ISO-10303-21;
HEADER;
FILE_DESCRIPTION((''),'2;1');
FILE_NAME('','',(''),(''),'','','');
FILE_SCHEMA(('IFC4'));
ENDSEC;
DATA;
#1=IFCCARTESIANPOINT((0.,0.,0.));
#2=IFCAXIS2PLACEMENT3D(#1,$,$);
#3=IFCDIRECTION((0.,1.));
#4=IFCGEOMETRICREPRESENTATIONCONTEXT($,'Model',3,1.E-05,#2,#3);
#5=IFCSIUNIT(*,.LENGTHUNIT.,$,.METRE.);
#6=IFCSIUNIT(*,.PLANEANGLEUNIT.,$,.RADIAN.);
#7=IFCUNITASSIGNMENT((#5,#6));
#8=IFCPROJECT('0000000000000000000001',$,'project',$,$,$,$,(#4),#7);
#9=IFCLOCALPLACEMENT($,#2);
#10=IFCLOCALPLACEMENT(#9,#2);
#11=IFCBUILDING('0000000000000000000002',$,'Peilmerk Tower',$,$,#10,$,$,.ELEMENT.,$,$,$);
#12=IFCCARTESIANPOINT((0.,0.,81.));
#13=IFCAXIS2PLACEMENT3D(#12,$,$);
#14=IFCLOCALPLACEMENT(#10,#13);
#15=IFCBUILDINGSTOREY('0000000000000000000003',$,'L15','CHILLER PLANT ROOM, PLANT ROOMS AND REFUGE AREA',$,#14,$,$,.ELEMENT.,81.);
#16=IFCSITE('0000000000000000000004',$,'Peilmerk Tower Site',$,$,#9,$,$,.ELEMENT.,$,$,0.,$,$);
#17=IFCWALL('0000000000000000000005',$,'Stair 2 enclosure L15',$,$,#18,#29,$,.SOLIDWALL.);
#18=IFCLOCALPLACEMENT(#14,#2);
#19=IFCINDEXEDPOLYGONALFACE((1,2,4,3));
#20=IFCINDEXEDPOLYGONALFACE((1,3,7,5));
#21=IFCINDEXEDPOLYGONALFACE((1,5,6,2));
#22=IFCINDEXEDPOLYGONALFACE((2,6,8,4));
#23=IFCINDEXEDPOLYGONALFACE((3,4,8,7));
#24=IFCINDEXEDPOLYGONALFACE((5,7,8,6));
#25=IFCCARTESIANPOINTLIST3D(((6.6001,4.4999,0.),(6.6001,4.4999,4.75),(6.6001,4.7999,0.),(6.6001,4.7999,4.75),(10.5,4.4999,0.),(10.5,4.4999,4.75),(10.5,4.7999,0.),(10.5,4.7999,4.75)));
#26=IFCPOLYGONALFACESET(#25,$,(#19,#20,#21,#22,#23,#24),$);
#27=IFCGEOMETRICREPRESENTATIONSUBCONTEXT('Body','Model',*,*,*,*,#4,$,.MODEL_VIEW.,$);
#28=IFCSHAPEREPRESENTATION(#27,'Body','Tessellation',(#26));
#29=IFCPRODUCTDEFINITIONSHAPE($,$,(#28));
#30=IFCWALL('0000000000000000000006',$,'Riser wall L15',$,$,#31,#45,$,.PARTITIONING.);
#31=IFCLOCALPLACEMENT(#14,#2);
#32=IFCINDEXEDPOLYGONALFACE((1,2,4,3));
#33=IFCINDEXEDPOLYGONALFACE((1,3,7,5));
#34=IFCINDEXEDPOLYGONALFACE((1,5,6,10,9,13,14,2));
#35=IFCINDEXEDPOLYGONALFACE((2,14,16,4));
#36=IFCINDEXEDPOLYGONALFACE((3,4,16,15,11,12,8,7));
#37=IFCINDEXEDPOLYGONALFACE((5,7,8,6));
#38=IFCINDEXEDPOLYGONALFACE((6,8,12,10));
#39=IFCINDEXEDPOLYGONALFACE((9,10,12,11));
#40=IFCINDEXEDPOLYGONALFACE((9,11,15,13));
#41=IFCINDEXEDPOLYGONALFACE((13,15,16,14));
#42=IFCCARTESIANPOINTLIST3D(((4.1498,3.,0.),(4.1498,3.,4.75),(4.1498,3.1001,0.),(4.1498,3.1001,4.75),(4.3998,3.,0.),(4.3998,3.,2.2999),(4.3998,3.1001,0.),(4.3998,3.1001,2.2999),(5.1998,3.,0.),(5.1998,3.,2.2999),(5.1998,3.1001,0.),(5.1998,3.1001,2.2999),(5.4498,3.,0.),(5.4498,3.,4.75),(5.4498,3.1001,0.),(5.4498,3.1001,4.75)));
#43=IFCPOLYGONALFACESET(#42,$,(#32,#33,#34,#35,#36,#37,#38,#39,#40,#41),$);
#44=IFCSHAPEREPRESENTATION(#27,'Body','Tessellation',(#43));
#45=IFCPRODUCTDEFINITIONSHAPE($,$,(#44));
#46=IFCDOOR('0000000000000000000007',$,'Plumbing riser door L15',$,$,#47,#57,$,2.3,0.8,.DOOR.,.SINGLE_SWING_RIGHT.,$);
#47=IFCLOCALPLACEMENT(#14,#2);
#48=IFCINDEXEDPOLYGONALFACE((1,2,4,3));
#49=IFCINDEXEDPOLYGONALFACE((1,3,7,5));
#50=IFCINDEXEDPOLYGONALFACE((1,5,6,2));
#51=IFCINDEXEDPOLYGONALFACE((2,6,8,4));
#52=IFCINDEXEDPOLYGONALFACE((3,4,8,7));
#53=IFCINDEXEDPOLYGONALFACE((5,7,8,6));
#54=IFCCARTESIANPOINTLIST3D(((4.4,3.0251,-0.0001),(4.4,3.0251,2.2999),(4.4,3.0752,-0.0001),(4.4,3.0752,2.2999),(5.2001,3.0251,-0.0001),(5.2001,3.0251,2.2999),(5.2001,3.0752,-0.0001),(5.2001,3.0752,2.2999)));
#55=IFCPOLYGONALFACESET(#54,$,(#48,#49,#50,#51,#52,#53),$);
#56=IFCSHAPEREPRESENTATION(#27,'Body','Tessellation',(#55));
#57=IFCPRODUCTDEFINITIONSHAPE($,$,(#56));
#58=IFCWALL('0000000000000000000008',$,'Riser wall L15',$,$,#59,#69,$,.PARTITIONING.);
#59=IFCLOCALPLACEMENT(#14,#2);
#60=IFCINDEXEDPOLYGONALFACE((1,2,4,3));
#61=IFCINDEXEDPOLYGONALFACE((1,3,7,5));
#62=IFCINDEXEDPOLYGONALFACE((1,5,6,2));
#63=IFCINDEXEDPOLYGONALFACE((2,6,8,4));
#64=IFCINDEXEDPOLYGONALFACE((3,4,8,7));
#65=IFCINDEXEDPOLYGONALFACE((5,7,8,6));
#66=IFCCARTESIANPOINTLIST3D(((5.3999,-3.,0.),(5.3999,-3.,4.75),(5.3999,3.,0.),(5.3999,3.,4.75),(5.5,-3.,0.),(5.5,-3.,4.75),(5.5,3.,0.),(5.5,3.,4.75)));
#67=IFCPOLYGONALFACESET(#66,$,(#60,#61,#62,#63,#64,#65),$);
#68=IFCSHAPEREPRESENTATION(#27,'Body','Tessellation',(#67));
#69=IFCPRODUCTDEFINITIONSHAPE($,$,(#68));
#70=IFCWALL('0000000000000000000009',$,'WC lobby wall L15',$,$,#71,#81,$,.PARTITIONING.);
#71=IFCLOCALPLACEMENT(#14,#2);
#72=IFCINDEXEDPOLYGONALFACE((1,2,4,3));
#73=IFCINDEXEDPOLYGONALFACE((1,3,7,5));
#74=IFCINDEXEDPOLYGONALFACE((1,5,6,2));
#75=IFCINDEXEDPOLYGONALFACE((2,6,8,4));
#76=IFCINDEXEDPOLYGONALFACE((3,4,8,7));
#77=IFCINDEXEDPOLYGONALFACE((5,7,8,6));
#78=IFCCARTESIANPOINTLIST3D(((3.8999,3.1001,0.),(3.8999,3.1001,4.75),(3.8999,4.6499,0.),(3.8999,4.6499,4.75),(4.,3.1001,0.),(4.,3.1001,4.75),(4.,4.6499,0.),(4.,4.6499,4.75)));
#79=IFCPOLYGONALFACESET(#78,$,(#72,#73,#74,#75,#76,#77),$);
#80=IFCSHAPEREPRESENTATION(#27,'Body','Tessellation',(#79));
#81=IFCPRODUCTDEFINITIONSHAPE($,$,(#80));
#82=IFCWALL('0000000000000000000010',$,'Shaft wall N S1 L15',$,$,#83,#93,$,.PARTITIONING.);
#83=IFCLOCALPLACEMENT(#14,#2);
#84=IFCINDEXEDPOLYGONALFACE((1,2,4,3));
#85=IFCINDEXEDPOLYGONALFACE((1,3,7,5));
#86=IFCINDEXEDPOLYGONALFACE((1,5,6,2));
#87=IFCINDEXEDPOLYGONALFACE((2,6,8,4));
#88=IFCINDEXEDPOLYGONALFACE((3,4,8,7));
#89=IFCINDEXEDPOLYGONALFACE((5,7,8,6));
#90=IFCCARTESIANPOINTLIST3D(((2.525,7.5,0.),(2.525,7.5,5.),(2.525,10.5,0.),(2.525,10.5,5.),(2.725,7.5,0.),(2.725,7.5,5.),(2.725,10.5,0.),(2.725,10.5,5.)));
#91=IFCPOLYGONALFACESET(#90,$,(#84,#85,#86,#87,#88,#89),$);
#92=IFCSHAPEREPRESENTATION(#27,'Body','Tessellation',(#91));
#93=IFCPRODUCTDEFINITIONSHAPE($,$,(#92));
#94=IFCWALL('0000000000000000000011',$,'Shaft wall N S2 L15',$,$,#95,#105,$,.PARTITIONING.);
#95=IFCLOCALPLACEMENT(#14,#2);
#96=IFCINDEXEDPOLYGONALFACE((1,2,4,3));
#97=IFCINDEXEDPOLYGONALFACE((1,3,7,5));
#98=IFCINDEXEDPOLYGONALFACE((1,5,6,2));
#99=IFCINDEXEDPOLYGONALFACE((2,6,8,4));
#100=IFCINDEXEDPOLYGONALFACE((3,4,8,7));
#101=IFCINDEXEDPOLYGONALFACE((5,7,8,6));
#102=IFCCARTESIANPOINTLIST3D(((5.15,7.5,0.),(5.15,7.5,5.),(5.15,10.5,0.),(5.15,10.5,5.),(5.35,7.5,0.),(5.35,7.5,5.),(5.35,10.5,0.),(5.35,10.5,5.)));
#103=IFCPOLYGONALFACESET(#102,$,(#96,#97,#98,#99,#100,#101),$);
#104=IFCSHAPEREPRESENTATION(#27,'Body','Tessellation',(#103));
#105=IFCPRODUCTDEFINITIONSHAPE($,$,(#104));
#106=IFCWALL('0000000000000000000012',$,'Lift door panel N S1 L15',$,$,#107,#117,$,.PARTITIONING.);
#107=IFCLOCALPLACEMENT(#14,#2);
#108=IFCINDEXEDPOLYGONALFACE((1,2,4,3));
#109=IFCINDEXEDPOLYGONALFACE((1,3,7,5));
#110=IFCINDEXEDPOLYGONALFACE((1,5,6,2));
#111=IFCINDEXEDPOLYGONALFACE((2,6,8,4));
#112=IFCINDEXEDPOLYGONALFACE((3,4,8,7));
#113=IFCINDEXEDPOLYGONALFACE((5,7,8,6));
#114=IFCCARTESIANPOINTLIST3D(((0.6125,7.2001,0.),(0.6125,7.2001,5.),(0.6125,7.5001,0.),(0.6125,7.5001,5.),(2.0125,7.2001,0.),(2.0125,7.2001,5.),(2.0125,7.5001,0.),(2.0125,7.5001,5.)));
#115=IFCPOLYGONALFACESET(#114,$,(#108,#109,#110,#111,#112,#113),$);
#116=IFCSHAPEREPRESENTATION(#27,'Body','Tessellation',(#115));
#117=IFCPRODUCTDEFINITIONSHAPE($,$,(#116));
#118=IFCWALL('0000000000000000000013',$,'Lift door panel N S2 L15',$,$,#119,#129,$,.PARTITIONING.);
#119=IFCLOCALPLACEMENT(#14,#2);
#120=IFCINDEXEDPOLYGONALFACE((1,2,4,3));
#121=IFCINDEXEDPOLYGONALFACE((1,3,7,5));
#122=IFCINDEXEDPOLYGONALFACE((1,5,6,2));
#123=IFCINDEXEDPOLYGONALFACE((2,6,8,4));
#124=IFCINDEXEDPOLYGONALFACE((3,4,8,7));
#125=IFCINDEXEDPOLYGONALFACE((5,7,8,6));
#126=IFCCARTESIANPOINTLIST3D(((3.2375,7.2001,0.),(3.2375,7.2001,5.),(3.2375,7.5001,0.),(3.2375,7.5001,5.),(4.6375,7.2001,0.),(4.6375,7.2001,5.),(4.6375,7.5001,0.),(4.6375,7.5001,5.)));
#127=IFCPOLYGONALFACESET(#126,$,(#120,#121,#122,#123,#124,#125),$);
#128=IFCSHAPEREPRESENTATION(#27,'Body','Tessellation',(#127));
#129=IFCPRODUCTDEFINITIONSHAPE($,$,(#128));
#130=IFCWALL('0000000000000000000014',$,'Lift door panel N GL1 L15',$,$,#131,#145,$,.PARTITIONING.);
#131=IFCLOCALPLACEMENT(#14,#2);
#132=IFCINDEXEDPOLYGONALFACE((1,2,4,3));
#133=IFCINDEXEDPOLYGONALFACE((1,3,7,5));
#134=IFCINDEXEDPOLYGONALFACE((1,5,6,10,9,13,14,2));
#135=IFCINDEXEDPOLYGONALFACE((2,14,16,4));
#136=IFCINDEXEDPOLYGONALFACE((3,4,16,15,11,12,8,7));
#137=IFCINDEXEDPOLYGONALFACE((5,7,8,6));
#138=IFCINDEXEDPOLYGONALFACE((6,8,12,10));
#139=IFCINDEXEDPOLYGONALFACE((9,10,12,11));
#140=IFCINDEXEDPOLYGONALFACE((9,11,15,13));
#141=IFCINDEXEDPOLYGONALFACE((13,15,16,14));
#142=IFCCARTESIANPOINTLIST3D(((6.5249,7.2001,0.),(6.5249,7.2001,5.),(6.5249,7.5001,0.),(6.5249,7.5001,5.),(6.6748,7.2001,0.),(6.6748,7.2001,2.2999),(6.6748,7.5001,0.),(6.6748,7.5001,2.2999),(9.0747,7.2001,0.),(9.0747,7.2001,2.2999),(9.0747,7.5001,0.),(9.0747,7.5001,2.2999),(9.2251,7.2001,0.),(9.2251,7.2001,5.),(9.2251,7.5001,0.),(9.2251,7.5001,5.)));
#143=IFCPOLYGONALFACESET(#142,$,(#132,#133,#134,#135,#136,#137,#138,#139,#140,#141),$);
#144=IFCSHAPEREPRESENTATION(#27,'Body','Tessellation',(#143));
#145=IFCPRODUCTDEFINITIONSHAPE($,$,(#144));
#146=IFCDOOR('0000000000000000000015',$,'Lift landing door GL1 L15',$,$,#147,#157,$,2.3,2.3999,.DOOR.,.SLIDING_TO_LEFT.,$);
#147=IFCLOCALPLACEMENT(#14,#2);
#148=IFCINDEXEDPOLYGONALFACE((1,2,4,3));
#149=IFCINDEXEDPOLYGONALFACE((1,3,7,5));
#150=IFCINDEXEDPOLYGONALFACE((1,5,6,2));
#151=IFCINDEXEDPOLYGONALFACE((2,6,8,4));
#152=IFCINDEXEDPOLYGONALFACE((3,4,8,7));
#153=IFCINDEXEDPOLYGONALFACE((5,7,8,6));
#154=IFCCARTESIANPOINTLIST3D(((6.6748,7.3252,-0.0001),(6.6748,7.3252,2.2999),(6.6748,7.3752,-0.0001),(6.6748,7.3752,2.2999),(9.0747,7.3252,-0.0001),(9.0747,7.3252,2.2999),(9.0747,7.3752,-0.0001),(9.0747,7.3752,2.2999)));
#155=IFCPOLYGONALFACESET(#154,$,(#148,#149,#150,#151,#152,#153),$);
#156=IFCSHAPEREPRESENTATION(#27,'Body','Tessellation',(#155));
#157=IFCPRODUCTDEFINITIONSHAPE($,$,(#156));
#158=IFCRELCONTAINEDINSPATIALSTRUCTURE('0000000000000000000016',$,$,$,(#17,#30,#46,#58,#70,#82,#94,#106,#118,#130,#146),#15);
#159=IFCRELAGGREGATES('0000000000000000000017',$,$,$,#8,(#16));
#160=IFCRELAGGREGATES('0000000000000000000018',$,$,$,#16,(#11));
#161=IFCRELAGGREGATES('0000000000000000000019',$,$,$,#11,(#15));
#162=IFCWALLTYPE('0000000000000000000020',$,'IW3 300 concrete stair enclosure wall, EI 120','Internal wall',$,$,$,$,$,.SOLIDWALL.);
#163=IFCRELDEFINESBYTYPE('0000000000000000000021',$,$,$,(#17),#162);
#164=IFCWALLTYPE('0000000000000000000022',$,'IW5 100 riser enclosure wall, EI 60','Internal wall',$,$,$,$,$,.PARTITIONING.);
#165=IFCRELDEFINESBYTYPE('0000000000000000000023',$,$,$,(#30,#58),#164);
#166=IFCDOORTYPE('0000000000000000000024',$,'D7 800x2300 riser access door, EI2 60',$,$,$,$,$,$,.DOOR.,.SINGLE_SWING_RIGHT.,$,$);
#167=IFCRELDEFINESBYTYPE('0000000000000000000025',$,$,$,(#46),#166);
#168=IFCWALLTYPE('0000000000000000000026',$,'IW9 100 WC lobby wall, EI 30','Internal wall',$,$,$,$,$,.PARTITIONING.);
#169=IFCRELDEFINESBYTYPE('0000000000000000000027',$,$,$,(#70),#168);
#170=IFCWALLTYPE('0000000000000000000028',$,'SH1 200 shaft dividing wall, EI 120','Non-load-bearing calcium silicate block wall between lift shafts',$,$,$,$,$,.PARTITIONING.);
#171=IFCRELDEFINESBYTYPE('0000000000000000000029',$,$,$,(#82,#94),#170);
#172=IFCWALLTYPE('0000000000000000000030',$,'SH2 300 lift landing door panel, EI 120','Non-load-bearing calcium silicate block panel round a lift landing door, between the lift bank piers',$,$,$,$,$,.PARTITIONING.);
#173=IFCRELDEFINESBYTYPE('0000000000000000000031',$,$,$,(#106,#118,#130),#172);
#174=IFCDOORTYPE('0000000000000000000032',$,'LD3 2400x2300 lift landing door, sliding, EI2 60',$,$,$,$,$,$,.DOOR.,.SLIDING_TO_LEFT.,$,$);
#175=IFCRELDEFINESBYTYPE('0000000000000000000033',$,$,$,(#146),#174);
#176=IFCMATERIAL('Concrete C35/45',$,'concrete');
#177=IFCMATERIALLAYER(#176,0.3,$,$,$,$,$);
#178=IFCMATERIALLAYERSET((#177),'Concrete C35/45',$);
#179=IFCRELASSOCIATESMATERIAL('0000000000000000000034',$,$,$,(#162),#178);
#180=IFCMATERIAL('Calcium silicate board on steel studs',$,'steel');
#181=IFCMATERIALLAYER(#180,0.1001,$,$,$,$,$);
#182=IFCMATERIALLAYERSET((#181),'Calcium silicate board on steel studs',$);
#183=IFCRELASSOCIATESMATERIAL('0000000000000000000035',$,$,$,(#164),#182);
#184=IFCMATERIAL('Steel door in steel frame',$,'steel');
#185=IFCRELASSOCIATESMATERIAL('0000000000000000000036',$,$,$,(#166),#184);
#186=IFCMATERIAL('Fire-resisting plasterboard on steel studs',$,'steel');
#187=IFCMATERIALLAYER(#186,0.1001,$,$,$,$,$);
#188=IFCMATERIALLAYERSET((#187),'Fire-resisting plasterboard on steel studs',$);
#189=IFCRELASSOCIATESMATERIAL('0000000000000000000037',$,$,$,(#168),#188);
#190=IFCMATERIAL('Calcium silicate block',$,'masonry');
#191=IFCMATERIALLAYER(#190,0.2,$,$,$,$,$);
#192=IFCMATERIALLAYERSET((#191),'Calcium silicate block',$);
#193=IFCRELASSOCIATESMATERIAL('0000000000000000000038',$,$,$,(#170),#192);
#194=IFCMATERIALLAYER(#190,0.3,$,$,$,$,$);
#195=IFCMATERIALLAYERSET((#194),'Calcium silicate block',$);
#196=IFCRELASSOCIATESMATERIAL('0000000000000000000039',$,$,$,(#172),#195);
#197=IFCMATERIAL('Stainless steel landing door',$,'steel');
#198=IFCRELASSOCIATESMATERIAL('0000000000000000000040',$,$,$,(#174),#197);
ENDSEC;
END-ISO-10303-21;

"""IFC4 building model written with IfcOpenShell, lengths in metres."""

from ifc_helpers import new_model, si_unit, direction, frame, frame_2d, origin, place, context, subcontext, project, spatial, rectangle, extrude, material, layer, layer_set, type_object, element, fill, save


model = new_model("IFC4")

# Units and contexts
model_context = context("Model", 3, precision=1e-05, world=origin(), true_north=direction((0.0, 1.0)))
body_context = subcontext(model_context, "Body", "Model", "MODEL_VIEW")
ifc_project = project(units=[si_unit("LENGTHUNIT", "METRE"), si_unit("PLANEANGLEUNIT", "RADIAN")], contexts=[model_context])

# Site, building, storey
site_placement = place(None, origin())
site = spatial("IfcSite", under=ifc_project, at=site_placement, Name="Peilmerk Tower Site", CompositionType="ELEMENT", RefElevation=0.0)
building_placement = place(site_placement, origin())
building = spatial("IfcBuilding", under=site, at=building_placement, Name="Peilmerk Tower", CompositionType="ELEMENT")
storey_placement = place(building_placement, frame((0.0, 0.0, 81.0)))
storey = spatial("IfcBuildingStorey", under=building, at=storey_placement, Name="L15", Description="CHILLER PLANT ROOM, PLANT ROOMS AND REFUGE AREA", CompositionType="ELEMENT", Elevation=81.0)

# Shared definitions
ifc_material_1 = material(Name="Concrete C35/45", Category="concrete")

# Wall
ifc_layer_1 = layer(ifc_material_1, 0.3)
ifc_layer_set_1 = layer_set([ifc_layer_1], Name="Concrete C35/45")
wall_type_1 = type_object("IfcWallType", Name="IW3 300 concrete stair enclosure wall, EI 120", Description="Internal wall", PredefinedType="SOLIDWALL", material=ifc_layer_set_1)
wall_1_placement = place(storey_placement, frame((6.6001, 4.6499, 0.0), z_axis=(0.0, 0.0, 1.0), x_axis=(1.0, 0.0, 0.0)))
element("IfcWall", 1, at=wall_1_placement, inside=storey, type_object=wall_type_1, Name="Stair 2 enclosure L15", PredefinedType="SOLIDWALL", context=body_context, shape_type="SweptSolid", body=[
    extrude(rectangle(XDim=3.8999, YDim=0.3, at=frame_2d((1.95, 0.0))), origin(), (0.0, 0.0, 1.0), 4.75),
])

# Wall, opening, door
ifc_material_2 = material(Name="Calcium silicate board on steel studs", Category="steel")
ifc_layer_2 = layer(ifc_material_2, 0.1001)
ifc_layer_set_2 = layer_set([ifc_layer_2], Name="Calcium silicate board on steel studs")
wall_type_2 = type_object("IfcWallType", Name="IW5 100 riser enclosure wall, EI 60", Description="Internal wall", PredefinedType="PARTITIONING", material=ifc_layer_set_2)
wall_2_placement = place(storey_placement, frame((4.1499, 3.05, 0.0), z_axis=(0.0, 0.0, 1.0), x_axis=(1.0, 0.0, 0.0)))
wall_2 = element("IfcWall", 2, at=wall_2_placement, inside=storey, type_object=wall_type_2, Name="Riser wall L15", PredefinedType="PARTITIONING", context=body_context, shape_type="SweptSolid", body=[
    extrude(rectangle(XDim=1.3, YDim=0.1001, at=frame_2d((0.6499, 0.0))), origin(), (0.0, 0.0, 1.0), 4.75),
])
opening_1_placement = place(wall_2_placement, frame((0.25, 0.0, 0.0)))
opening_1 = element("IfcOpeningElement", 3, at=opening_1_placement, cuts=wall_2, PredefinedType="OPENING", context=body_context, shape_type="SweptSolid", body=[
    extrude(rectangle(XDim=0.8, YDim=2.3, at=frame_2d((0.3999, 1.1499))), frame((0.0, 0.0601, 0.0), z_axis=(0.0, -1.0, 0.0), x_axis=(1.0, 0.0, 0.0)), (0.0, 0.0, 1.0), 0.1201),
])
ifc_material_3 = material(Name="Steel door in steel frame", Category="steel")
door_type_1 = type_object("IfcDoorType", Name="D7 800x2300 riser access door, EI2 60", OperationType="SINGLE_SWING_RIGHT", PredefinedType="DOOR", material=ifc_material_3)
door_1_placement = place(opening_1_placement, frame((0.8, 0.0, 0.0), z_axis=(0.0, 0.0, 1.0), x_axis=(-1.0, 0.0, 0.0)))
door_1 = element("IfcDoor", 4, at=door_1_placement, inside=storey, type_object=door_type_1, Name="Plumbing riser door L15", OperationType="SINGLE_SWING_RIGHT", OverallHeight=2.3, OverallWidth=0.8, PredefinedType="DOOR", context=body_context, shape_type="SweptSolid", body=[
    extrude(rectangle(XDim=0.8, YDim=2.3, at=frame_2d((0.3999, 1.1499))), frame((0.0, 0.0249, 0.0), z_axis=(0.0, -1.0, 0.0), x_axis=(1.0, 0.0, 0.0)), (0.0, 0.0, 1.0), 0.05),
])
fill(opening_1, door_1)

# Walls
wall_3_placement = place(storey_placement, frame((5.45, 3.0, 0.0), z_axis=(0.0, 0.0, 1.0), x_axis=(0.0, -1.0, 0.0)))
element("IfcWall", 5, at=wall_3_placement, inside=storey, type_object=wall_type_2, Name="Riser wall L15", PredefinedType="PARTITIONING", context=body_context, shape_type="SweptSolid", body=[
    extrude(rectangle(XDim=6.0, YDim=0.1001, at=frame_2d((3.0, 0.0))), origin(), (0.0, 0.0, 1.0), 4.75),
])
ifc_material_4 = material(Name="Fire-resisting plasterboard on steel studs", Category="steel")
ifc_layer_3 = layer(ifc_material_4, 0.1001)
ifc_layer_set_3 = layer_set([ifc_layer_3], Name="Fire-resisting plasterboard on steel studs")
wall_type_3 = type_object("IfcWallType", Name="IW9 100 WC lobby wall, EI 30", Description="Internal wall", PredefinedType="PARTITIONING", material=ifc_layer_set_3)
wall_4_placement = place(storey_placement, frame((3.95, 3.1001, 0.0), z_axis=(0.0, 0.0, 1.0), x_axis=(0.0, 1.0, 0.0)))
element("IfcWall", 6, at=wall_4_placement, inside=storey, type_object=wall_type_3, Name="WC lobby wall L15", PredefinedType="PARTITIONING", context=body_context, shape_type="SweptSolid", body=[
    extrude(rectangle(XDim=1.5498, YDim=0.1001, at=frame_2d((0.7749, 0.0))), origin(), (0.0, 0.0, 1.0), 4.75),
])
ifc_material_5 = material(Name="Calcium silicate block", Category="masonry")
ifc_layer_4 = layer(ifc_material_5, 0.2)
ifc_layer_set_4 = layer_set([ifc_layer_4], Name="Calcium silicate block")
wall_type_4 = type_object("IfcWallType", Name="SH1 200 shaft dividing wall, EI 120", Description="Non-load-bearing calcium silicate block wall between lift shafts", PredefinedType="PARTITIONING", material=ifc_layer_set_4)
for number, where, z_axis, x_axis, name in (
    (7, (2.625, 7.5, 0.0), (0.0, 0.0, 1.0), (0.0, 1.0, 0.0), "Shaft wall N S1 L15"),
    (8, (5.25, 7.5, 0.0), (0.0, 0.0, 1.0), (0.0, 1.0, 0.0), "Shaft wall N S2 L15"),
):
    element("IfcWall", number, at=place(storey_placement, frame(where, z_axis=z_axis, x_axis=x_axis)), inside=storey, type_object=wall_type_4, Name=name, PredefinedType="PARTITIONING", context=body_context, shape_type="SweptSolid", body=[
        extrude(rectangle(XDim=3.0, YDim=0.2, at=frame_2d((1.5, 0.0))), origin(), (0.0, 0.0, 1.0), 5.0),
    ])
ifc_layer_5 = layer(ifc_material_5, 0.3)
ifc_layer_set_5 = layer_set([ifc_layer_5], Name="Calcium silicate block")
wall_type_5 = type_object("IfcWallType", Name="SH2 300 lift landing door panel, EI 120", Description="Non-load-bearing calcium silicate block panel round a lift landing door, between the lift bank piers", PredefinedType="PARTITIONING", material=ifc_layer_set_5)
for number, where, z_axis, x_axis, name in (
    (9, (0.6125, 7.3501, 0.0), (0.0, 0.0, 1.0), (1.0, 0.0, 0.0), "Lift door panel N S1 L15"),
    (10, (3.2375, 7.3501, 0.0), (0.0, 0.0, 1.0), (1.0, 0.0, 0.0), "Lift door panel N S2 L15"),
):
    element("IfcWall", number, at=place(storey_placement, frame(where, z_axis=z_axis, x_axis=x_axis)), inside=storey, type_object=wall_type_5, Name=name, PredefinedType="PARTITIONING", context=body_context, shape_type="SweptSolid", body=[
        extrude(rectangle(XDim=1.3999, YDim=0.3, at=frame_2d((0.7, 0.0))), origin(), (0.0, 0.0, 1.0), 5.0),
    ])

# Wall, opening, door
wall_5_placement = place(storey_placement, frame((6.5249, 7.3501, 0.0), z_axis=(0.0, 0.0, 1.0), x_axis=(1.0, 0.0, 0.0)))
wall_5 = element("IfcWall", 11, at=wall_5_placement, inside=storey, type_object=wall_type_5, Name="Lift door panel N GL1 L15", PredefinedType="PARTITIONING", context=body_context, shape_type="SweptSolid", body=[
    extrude(rectangle(XDim=2.7002, YDim=0.3, at=frame_2d((1.3501, 0.0))), origin(), (0.0, 0.0, 1.0), 5.0),
])
opening_2_placement = place(wall_5_placement, frame((0.1499, 0.0, 0.0)))
opening_2 = element("IfcOpeningElement", 12, at=opening_2_placement, cuts=wall_5, PredefinedType="OPENING", context=body_context, shape_type="SweptSolid", body=[
    extrude(rectangle(XDim=2.3999, YDim=2.3, at=frame_2d((1.2, 1.1499))), frame((0.0, 0.1599, 0.0), z_axis=(0.0, -1.0, 0.0), x_axis=(1.0, 0.0, 0.0)), (0.0, 0.0, 1.0), 0.3201),
])
ifc_material_6 = material(Name="Stainless steel landing door", Category="steel")
door_type_2 = type_object("IfcDoorType", Name="LD3 2400x2300 lift landing door, sliding, EI2 60", OperationType="SLIDING_TO_LEFT", PredefinedType="DOOR", material=ifc_material_6)
door_2_placement = place(opening_2_placement, frame((2.3999, 0.0, 0.0), z_axis=(0.0, 0.0, 1.0), x_axis=(-1.0, 0.0, 0.0)))
door_2 = element("IfcDoor", 13, at=door_2_placement, inside=storey, type_object=door_type_2, Name="Lift landing door GL1 L15", OperationType="SLIDING_TO_LEFT", OverallHeight=2.3, OverallWidth=2.3999, PredefinedType="DOOR", context=body_context, shape_type="SweptSolid", body=[
    extrude(rectangle(XDim=2.3999, YDim=2.3, at=frame_2d((1.2, 1.1499))), frame((0.0, 0.0249, 0.0), z_axis=(0.0, -1.0, 0.0), x_axis=(1.0, 0.0, 0.0)), (0.0, 0.0, 1.0), 0.05),
])
fill(opening_2, door_2)

save(model, "model.ifc")
